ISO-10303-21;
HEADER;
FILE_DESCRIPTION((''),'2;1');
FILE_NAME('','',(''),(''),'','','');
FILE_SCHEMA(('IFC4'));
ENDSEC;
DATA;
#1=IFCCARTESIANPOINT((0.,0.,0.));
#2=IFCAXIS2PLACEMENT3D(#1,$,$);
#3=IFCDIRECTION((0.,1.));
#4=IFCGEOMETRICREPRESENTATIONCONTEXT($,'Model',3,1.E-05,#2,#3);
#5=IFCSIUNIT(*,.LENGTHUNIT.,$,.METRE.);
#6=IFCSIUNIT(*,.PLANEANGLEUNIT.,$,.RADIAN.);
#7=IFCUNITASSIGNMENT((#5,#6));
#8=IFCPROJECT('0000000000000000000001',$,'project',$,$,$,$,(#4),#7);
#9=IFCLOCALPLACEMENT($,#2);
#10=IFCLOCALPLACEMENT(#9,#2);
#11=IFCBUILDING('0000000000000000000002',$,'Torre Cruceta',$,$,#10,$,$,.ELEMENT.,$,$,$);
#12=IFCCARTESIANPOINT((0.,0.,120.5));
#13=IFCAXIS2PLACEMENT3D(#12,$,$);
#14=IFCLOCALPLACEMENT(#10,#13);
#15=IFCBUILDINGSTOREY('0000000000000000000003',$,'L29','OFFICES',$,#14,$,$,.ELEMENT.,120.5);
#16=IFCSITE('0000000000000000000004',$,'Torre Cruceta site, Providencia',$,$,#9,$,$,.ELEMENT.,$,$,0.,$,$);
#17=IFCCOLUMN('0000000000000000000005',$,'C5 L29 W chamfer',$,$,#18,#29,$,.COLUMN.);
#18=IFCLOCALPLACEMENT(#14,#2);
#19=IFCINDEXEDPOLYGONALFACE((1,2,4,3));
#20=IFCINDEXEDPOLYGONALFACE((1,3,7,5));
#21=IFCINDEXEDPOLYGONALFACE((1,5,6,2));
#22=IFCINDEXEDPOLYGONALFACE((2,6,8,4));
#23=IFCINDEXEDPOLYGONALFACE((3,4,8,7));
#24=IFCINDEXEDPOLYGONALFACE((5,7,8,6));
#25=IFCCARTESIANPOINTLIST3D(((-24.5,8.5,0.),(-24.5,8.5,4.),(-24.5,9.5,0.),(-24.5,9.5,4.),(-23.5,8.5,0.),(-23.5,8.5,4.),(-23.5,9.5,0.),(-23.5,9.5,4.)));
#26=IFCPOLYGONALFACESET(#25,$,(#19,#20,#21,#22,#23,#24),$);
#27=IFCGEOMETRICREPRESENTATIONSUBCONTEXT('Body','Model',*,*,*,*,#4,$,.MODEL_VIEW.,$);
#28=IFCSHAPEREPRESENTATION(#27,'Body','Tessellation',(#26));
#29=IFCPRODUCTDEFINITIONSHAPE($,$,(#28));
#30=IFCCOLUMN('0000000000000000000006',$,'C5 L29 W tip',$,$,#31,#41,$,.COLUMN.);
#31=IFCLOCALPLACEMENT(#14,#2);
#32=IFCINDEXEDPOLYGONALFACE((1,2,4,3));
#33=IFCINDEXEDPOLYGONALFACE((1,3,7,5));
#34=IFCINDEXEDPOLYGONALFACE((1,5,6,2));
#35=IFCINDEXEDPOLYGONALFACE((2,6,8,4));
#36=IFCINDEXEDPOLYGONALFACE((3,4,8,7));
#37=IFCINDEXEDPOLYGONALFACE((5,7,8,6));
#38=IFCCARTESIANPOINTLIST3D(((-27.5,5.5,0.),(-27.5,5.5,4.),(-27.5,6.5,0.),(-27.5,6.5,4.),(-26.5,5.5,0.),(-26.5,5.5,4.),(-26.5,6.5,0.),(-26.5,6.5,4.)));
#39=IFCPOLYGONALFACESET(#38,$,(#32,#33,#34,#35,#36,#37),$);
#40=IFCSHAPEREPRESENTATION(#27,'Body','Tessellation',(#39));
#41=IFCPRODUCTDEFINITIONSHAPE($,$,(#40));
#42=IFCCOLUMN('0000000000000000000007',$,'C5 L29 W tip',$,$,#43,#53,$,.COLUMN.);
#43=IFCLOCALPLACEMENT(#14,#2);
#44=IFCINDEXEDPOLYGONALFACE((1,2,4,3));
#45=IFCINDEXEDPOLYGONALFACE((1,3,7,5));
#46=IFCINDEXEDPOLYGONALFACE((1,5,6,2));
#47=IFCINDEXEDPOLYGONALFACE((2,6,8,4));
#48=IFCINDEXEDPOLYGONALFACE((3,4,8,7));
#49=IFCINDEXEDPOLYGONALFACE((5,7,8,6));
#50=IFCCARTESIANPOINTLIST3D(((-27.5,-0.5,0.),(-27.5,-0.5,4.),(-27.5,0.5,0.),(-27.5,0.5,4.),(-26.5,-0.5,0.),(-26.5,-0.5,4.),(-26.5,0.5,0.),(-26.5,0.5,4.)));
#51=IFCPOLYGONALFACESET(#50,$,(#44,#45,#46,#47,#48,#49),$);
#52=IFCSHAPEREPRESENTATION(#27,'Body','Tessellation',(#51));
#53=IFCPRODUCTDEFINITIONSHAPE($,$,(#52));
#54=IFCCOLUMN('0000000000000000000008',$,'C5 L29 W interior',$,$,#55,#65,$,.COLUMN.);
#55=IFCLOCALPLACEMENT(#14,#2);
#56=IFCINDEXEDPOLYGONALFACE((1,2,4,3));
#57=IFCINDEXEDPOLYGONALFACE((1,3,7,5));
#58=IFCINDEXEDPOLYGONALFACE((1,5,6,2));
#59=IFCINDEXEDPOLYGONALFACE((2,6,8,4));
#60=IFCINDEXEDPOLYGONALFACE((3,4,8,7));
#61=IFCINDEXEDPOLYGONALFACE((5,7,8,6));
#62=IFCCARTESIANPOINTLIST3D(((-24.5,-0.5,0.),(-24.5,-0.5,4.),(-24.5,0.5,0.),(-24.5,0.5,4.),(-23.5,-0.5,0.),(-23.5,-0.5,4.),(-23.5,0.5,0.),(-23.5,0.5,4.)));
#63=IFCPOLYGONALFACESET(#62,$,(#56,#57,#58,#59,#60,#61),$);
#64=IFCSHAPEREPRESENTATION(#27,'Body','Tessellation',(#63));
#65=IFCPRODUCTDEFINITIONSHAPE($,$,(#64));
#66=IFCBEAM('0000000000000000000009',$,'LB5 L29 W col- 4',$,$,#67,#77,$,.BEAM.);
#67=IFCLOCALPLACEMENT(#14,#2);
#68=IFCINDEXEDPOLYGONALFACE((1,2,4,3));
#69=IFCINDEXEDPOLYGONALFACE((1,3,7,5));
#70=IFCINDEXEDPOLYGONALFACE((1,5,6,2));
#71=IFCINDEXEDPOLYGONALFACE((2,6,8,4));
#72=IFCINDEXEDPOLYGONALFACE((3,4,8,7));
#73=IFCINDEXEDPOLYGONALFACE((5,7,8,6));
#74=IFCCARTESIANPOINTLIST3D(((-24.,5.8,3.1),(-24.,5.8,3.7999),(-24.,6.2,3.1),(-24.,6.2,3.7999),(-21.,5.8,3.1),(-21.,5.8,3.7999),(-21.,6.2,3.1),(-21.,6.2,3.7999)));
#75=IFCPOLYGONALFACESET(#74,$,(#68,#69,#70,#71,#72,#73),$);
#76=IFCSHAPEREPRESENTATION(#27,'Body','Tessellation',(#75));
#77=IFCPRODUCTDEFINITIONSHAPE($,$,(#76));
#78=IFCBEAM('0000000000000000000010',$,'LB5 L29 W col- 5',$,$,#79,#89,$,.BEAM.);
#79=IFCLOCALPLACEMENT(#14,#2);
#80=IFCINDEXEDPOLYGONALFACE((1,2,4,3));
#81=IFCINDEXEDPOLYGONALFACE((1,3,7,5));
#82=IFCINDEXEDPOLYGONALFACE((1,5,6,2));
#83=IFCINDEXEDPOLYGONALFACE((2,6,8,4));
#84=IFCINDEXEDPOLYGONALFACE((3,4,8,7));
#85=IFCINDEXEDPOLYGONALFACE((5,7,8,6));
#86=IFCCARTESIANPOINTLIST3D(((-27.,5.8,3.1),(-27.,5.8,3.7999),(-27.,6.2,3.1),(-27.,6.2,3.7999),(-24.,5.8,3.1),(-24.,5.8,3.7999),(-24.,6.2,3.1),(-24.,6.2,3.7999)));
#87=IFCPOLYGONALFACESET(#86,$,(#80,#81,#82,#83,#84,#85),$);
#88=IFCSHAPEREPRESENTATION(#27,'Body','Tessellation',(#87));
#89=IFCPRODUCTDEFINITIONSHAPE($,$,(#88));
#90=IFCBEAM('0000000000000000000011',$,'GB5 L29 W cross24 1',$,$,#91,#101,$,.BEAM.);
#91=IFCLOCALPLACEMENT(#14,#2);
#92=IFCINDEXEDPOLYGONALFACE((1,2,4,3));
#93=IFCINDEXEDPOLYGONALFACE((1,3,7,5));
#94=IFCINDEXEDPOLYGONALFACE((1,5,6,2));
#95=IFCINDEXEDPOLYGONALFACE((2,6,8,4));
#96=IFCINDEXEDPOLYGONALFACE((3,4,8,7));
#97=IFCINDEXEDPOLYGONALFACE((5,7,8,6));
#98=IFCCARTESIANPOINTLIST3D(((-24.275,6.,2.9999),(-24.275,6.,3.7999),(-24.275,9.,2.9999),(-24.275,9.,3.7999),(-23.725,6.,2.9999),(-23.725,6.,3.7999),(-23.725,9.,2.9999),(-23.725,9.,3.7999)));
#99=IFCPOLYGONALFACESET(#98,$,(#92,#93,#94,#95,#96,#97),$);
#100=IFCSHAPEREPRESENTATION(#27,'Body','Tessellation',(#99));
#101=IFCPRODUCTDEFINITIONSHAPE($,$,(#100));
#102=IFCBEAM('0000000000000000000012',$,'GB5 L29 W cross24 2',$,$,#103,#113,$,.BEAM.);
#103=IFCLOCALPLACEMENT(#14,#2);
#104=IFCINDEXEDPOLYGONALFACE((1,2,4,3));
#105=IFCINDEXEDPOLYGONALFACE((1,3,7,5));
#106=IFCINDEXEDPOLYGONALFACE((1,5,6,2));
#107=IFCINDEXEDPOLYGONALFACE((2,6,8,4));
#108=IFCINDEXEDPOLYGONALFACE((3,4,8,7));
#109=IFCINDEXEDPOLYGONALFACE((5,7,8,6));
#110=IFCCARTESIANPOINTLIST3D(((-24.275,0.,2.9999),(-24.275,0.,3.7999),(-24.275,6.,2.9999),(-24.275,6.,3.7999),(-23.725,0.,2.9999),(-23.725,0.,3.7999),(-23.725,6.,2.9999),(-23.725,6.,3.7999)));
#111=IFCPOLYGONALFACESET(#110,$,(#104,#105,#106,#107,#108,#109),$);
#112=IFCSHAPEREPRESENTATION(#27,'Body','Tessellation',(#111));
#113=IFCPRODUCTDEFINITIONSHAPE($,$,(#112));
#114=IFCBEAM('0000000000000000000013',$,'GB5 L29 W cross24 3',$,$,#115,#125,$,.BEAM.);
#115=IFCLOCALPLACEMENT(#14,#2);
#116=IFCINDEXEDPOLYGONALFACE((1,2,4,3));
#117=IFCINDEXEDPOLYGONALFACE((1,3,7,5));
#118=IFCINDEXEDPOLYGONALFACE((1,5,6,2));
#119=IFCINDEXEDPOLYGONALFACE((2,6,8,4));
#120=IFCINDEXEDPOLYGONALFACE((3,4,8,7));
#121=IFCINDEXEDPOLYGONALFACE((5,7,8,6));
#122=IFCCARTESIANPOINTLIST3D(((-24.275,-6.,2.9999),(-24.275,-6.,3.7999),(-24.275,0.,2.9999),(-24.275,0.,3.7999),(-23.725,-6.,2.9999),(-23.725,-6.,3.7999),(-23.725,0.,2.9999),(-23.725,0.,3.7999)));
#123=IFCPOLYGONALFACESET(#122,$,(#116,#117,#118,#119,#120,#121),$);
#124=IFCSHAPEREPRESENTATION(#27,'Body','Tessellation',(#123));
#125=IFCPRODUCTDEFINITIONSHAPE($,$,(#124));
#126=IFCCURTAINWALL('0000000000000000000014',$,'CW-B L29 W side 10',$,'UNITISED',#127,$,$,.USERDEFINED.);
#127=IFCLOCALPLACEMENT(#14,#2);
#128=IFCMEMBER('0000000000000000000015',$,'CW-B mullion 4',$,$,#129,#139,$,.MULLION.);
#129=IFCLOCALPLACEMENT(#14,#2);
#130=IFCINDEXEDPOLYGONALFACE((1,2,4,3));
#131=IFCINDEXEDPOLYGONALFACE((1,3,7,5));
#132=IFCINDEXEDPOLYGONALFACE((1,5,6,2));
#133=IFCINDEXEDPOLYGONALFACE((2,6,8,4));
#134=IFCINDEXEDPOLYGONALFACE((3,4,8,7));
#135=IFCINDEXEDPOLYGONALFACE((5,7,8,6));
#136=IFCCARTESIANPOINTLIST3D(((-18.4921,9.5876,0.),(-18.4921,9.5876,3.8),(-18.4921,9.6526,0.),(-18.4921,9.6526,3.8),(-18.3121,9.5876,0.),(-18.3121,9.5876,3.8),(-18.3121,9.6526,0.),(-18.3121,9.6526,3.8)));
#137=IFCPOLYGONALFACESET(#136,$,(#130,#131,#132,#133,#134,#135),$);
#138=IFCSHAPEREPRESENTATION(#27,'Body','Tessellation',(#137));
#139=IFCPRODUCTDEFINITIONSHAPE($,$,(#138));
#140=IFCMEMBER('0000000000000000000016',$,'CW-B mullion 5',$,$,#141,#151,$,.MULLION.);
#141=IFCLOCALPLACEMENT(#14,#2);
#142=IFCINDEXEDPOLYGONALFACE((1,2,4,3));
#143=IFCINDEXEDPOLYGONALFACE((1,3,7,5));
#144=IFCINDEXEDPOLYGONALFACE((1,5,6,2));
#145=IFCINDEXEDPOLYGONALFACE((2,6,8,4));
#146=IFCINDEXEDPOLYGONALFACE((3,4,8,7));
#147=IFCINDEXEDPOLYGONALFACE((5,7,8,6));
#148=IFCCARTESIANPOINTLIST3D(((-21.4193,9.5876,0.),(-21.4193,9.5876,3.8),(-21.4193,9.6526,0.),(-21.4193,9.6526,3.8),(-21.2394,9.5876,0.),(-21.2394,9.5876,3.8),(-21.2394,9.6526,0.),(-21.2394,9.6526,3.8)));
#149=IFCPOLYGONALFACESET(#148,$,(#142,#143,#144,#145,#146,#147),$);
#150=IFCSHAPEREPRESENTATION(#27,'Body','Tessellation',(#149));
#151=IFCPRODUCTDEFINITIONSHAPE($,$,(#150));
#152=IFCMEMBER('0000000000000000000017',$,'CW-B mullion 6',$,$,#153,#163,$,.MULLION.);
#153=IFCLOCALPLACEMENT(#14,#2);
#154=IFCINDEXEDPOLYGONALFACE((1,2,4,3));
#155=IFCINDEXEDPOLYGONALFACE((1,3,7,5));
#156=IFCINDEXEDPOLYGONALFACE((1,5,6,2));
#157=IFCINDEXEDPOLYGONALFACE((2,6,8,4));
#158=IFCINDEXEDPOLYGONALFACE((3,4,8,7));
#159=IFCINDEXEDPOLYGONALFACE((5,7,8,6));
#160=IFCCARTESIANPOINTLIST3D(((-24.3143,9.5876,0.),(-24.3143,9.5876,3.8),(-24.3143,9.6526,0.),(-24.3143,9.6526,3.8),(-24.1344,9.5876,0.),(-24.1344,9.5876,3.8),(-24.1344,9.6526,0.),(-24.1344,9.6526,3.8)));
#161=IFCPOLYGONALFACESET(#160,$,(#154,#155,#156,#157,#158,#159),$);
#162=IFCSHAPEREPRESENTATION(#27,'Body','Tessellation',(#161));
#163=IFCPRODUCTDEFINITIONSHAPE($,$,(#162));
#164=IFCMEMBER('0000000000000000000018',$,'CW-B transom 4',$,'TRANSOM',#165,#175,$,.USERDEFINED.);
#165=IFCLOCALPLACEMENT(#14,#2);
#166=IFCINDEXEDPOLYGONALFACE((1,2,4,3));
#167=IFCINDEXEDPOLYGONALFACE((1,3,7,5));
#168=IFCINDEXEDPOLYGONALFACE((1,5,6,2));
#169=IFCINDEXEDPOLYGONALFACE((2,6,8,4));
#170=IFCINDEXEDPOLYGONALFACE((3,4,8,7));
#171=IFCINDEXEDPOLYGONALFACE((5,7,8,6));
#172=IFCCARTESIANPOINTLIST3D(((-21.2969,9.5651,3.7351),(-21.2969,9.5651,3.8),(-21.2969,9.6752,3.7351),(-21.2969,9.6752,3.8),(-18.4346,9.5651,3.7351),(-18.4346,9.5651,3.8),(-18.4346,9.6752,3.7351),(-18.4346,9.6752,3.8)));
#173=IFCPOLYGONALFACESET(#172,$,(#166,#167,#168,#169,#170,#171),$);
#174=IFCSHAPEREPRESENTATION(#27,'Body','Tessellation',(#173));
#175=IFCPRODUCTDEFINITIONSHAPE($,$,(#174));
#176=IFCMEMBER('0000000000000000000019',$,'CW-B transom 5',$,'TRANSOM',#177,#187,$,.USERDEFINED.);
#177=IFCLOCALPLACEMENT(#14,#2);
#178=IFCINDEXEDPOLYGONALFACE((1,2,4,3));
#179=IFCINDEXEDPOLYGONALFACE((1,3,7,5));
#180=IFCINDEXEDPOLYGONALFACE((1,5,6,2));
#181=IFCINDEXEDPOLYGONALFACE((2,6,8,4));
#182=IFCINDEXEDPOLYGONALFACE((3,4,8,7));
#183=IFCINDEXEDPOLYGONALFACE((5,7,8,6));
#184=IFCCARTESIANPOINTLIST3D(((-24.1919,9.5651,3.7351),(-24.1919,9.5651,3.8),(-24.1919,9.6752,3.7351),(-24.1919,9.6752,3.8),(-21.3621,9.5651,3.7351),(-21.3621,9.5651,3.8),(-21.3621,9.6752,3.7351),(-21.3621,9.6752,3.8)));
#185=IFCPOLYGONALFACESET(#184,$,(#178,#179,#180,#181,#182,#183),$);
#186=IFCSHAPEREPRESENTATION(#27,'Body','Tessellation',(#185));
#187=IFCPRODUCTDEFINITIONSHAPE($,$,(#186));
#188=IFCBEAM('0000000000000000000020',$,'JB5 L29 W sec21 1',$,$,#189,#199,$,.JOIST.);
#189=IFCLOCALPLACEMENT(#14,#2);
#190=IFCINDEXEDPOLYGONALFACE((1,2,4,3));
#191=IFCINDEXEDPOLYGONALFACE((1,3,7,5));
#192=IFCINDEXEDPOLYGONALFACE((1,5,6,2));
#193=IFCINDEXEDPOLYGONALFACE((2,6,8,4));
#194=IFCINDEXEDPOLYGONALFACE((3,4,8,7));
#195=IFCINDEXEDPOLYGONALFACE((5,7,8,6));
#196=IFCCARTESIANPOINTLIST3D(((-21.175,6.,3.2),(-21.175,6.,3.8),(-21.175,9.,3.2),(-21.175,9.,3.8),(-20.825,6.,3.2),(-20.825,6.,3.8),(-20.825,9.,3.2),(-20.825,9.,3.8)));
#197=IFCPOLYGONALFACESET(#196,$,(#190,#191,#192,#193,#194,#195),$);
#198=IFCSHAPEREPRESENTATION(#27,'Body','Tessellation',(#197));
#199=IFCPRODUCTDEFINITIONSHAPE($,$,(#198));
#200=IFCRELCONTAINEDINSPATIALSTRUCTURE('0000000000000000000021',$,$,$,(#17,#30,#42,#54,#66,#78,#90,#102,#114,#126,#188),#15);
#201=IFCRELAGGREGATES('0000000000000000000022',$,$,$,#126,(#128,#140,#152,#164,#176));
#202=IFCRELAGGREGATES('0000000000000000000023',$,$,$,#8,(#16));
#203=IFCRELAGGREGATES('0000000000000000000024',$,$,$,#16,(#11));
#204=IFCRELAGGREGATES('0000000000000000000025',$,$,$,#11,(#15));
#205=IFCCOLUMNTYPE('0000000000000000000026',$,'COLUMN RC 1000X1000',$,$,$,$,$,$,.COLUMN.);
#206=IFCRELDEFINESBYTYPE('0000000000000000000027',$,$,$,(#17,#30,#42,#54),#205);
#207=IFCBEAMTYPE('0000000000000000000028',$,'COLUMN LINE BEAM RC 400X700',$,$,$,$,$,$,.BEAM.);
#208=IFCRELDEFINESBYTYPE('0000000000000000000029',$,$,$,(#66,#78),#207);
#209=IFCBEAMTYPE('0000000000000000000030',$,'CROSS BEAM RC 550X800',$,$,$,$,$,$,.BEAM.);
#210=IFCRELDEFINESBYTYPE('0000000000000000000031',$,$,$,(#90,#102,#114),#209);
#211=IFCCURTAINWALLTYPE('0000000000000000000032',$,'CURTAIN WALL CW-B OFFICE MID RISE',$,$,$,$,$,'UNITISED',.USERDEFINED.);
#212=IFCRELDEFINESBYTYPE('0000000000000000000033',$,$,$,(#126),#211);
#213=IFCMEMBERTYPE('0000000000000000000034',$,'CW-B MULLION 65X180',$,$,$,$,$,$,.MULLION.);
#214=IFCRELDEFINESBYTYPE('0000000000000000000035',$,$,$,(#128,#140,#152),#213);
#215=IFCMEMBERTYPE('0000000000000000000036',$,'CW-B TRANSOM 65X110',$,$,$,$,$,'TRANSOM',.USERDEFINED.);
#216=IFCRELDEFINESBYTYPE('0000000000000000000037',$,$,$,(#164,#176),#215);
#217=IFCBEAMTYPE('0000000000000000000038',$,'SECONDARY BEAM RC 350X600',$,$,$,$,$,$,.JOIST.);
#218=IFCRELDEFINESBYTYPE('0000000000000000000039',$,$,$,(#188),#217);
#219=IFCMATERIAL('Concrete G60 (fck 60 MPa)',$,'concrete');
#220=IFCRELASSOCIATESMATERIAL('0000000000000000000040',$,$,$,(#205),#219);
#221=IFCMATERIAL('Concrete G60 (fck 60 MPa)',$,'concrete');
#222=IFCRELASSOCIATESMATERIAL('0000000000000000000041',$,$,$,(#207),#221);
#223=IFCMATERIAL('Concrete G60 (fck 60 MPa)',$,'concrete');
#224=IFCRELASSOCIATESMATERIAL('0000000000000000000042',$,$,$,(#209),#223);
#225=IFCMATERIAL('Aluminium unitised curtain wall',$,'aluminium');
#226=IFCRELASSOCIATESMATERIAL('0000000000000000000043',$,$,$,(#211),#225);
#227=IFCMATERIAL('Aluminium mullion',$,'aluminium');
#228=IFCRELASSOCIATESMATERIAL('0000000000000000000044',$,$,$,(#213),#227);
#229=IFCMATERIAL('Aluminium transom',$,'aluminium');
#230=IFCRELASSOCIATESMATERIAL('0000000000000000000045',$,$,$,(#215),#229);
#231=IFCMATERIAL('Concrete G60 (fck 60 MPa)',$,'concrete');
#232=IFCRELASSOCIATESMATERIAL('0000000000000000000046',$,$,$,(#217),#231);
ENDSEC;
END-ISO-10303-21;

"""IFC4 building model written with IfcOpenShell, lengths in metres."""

from ifc_helpers import new_model, si_unit, direction, frame, origin, origin_2d, place, context, subcontext, project, spatial, rectangle, extrude, material, material_profile, profile_set, type_object, element, aggregate, save


model = new_model("IFC4")

# Units and contexts
model_context = context("Model", 3, precision=1e-05, world=origin(), true_north=direction((0.0, 1.0)))
body_context = subcontext(model_context, "Body", "Model", "MODEL_VIEW")
ifc_project = project(units=[si_unit("LENGTHUNIT", "METRE"), si_unit("PLANEANGLEUNIT", "RADIAN")], contexts=[model_context])

# Site, building, storey
site_placement = place(None, origin())
site = spatial("IfcSite", under=ifc_project, at=site_placement, Name="Torre Cruceta site, Providencia", CompositionType="ELEMENT", RefElevation=0.0)
building_placement = place(site_placement, origin())
building = spatial("IfcBuilding", under=site, at=building_placement, Name="Torre Cruceta", CompositionType="ELEMENT")
storey_placement = place(building_placement, frame((0.0, 0.0, 120.5)))
storey = spatial("IfcBuildingStorey", under=building, at=storey_placement, Name="L29", Description="OFFICES", CompositionType="ELEMENT", Elevation=120.5)

# Columns
ifc_material_1 = material(Name="Concrete G60 (fck 60 MPa)", Category="concrete")
ifc_material_profile_1 = material_profile(ifc_material_1, rectangle(XDim=1.0, YDim=1.0, at=origin_2d()), Name="RC 1000X1000")
ifc_profile_set_1 = profile_set([ifc_material_profile_1], Name="Concrete G60 (fck 60 MPa)")
column_type = type_object("IfcColumnType", Name="COLUMN RC 1000X1000", PredefinedType="COLUMN", material=ifc_profile_set_1)
for number, where, z_axis, x_axis, name in (
    (1, (-24.0, 9.0, 0.0), (0.0, 0.0, 1.0), (1.0, 0.0, 0.0), "C5 L29 W chamfer"),
    (2, (-27.0, 6.0, 0.0), (0.0, 0.0, 1.0), (1.0, 0.0, 0.0), "C5 L29 W tip"),
    (3, (-27.0, 0.0, 0.0), (0.0, 0.0, 1.0), (1.0, 0.0, 0.0), "C5 L29 W tip"),
    (4, (-24.0, 0.0, 0.0), (0.0, 0.0, 1.0), (1.0, 0.0, 0.0), "C5 L29 W interior"),
):
    element("IfcColumn", number, at=place(storey_placement, frame(where, z_axis=z_axis, x_axis=x_axis)), inside=storey, type_object=column_type, Name=name, PredefinedType="COLUMN", context=body_context, shape_type="SweptSolid", body=[
        extrude(rectangle(XDim=1.0, YDim=1.0, at=origin_2d()), origin(), (0.0, 0.0, 1.0), 4.0),
    ])

# Beams
ifc_material_2 = material(Name="Concrete G60 (fck 60 MPa)", Category="concrete")
ifc_material_profile_2 = material_profile(ifc_material_2, rectangle(XDim=0.3999, YDim=0.7, at=origin_2d()), Name="RC 400X700")
ifc_profile_set_2 = profile_set([ifc_material_profile_2], Name="Concrete G60 (fck 60 MPa)")
beam_type_1 = type_object("IfcBeamType", Name="COLUMN LINE BEAM RC 400X700", PredefinedType="BEAM", material=ifc_profile_set_2)
for number, where, z_axis, x_axis, name in (
    (5, (-21.0, 6.0, 3.45), (-1.0, 0.0, 0.0), (0.0, -1.0, 0.0), "LB5 L29 W col- 4"),
    (6, (-24.0, 6.0, 3.45), (-1.0, 0.0, 0.0), (0.0, -1.0, 0.0), "LB5 L29 W col- 5"),
):
    element("IfcBeam", number, at=place(storey_placement, frame(where, z_axis=z_axis, x_axis=x_axis)), inside=storey, type_object=beam_type_1, Name=name, PredefinedType="BEAM", context=body_context, shape_type="SweptSolid", body=[
        extrude(rectangle(XDim=0.3999, YDim=0.7, at=origin_2d()), origin(), (0.0, 0.0, 1.0), 3.0),
    ])
ifc_material_3 = material(Name="Concrete G60 (fck 60 MPa)", Category="concrete")
ifc_material_profile_3 = material_profile(ifc_material_3, rectangle(XDim=0.55, YDim=0.8, at=origin_2d()), Name="RC 550X800")
ifc_profile_set_3 = profile_set([ifc_material_profile_3], Name="Concrete G60 (fck 60 MPa)")
beam_type_2 = type_object("IfcBeamType", Name="CROSS BEAM RC 550X800", PredefinedType="BEAM", material=ifc_profile_set_3)
beam_1_placement = place(storey_placement, frame((-24.0, 9.0, 3.3999), z_axis=(0.0, -1.0, 0.0), x_axis=(1.0, 0.0, 0.0)))
element("IfcBeam", 7, at=beam_1_placement, inside=storey, type_object=beam_type_2, Name="GB5 L29 W cross24 1", PredefinedType="BEAM", context=body_context, shape_type="SweptSolid", body=[
    extrude(rectangle(XDim=0.55, YDim=0.8, at=origin_2d()), origin(), (0.0, 0.0, 1.0), 3.0),
])
for number, where, z_axis, x_axis, name in (
    (8, (-24.0, 6.0, 3.3999), (0.0, -1.0, 0.0), (1.0, 0.0, 0.0), "GB5 L29 W cross24 2"),
    (9, (-24.0, 0.0, 3.3999), (0.0, -1.0, 0.0), (1.0, 0.0, 0.0), "GB5 L29 W cross24 3"),
):
    element("IfcBeam", number, at=place(storey_placement, frame(where, z_axis=z_axis, x_axis=x_axis)), inside=storey, type_object=beam_type_2, Name=name, PredefinedType="BEAM", context=body_context, shape_type="SweptSolid", body=[
        extrude(rectangle(XDim=0.55, YDim=0.8, at=origin_2d()), origin(), (0.0, 0.0, 1.0), 6.0),
    ])

# Curtain wall, members
ifc_material_4 = material(Name="Aluminium unitised curtain wall", Category="aluminium")
curtain_wall_type = type_object("IfcCurtainWallType", Name="CURTAIN WALL CW-B OFFICE MID RISE", ElementType="UNITISED", PredefinedType="USERDEFINED", material=ifc_material_4)
curtain_wall_placement = place(storey_placement, origin())
curtain_wall = element("IfcCurtainWall", 10, at=curtain_wall_placement, inside=storey, type_object=curtain_wall_type, Name="CW-B L29 W side 10", ObjectType="UNITISED", PredefinedType="USERDEFINED")
ifc_material_5 = material(Name="Aluminium mullion", Category="aluminium")
ifc_material_profile_4 = material_profile(ifc_material_5, rectangle(XDim=0.0649, YDim=0.1799, at=origin_2d()), Name="AL 65X180")
ifc_profile_set_4 = profile_set([ifc_material_profile_4], Name="Aluminium mullion")
member_type_1 = type_object("IfcMemberType", Name="CW-B MULLION 65X180", PredefinedType="MULLION", material=ifc_profile_set_4)
member_1_placement = place(storey_placement, frame((-18.4021, 9.6201, 0.0), z_axis=(0.0, 0.0, 1.0), x_axis=(0.0, -1.0, 0.0)))
member_1 = element("IfcMember", 11, at=member_1_placement, type_object=member_type_1, Name="CW-B mullion 4", PredefinedType="MULLION", context=body_context, shape_type="SweptSolid", body=[
    extrude(rectangle(XDim=0.0649, YDim=0.1799, at=origin_2d()), origin(), (0.0, 0.0, 1.0), 3.8),
])
member_2_placement = place(storey_placement, frame((-21.3293, 9.6201, 0.0), z_axis=(0.0, 0.0, 1.0), x_axis=(0.0, -1.0, 0.0)))
member_2 = element("IfcMember", 12, at=member_2_placement, type_object=member_type_1, Name="CW-B mullion 5", PredefinedType="MULLION", context=body_context, shape_type="SweptSolid", body=[
    extrude(rectangle(XDim=0.0649, YDim=0.1799, at=origin_2d()), origin(), (0.0, 0.0, 1.0), 3.8),
])
member_3_placement = place(storey_placement, frame((-24.2244, 9.6201, 0.0), z_axis=(0.0, 0.0, 1.0), x_axis=(0.0, -1.0, 0.0)))
member_3 = element("IfcMember", 13, at=member_3_placement, type_object=member_type_1, Name="CW-B mullion 6", PredefinedType="MULLION", context=body_context, shape_type="SweptSolid", body=[
    extrude(rectangle(XDim=0.0649, YDim=0.1799, at=origin_2d()), origin(), (0.0, 0.0, 1.0), 3.8),
])
ifc_material_6 = material(Name="Aluminium transom", Category="aluminium")
ifc_material_profile_5 = material_profile(ifc_material_6, rectangle(XDim=0.1101, YDim=0.0649, at=origin_2d()), Name="AL 110X65")
ifc_profile_set_5 = profile_set([ifc_material_profile_5], Name="Aluminium transom")
member_type_2 = type_object("IfcMemberType", Name="CW-B TRANSOM 65X110", ElementType="TRANSOM", PredefinedType="USERDEFINED", material=ifc_profile_set_5)
member_4_placement = place(storey_placement, frame((-18.4346, 9.6201, 3.7676), z_axis=(-1.0, 0.0, 0.0), x_axis=(0.0, -1.0, 0.0)))
member_4 = element("IfcMember", 14, at=member_4_placement, type_object=member_type_2, Name="CW-B transom 4", ObjectType="TRANSOM", PredefinedType="USERDEFINED", context=body_context, shape_type="SweptSolid", body=[
    extrude(rectangle(XDim=0.1101, YDim=0.0649, at=origin_2d()), origin(), (0.0, 0.0, 1.0), 2.8623),
])
member_5_placement = place(storey_placement, frame((-21.3621, 9.6201, 3.7676), z_axis=(-1.0, 0.0, 0.0), x_axis=(0.0, -1.0, 0.0)))
member_5 = element("IfcMember", 15, at=member_5_placement, type_object=member_type_2, Name="CW-B transom 5", ObjectType="TRANSOM", PredefinedType="USERDEFINED", context=body_context, shape_type="SweptSolid", body=[
    extrude(rectangle(XDim=0.1101, YDim=0.0649, at=origin_2d()), origin(), (0.0, 0.0, 1.0), 2.8298),
])

# Beam
ifc_material_7 = material(Name="Concrete G60 (fck 60 MPa)", Category="concrete")
ifc_material_profile_6 = material_profile(ifc_material_7, rectangle(XDim=0.3501, YDim=0.6001, at=origin_2d()), Name="RC 350X600")
ifc_profile_set_6 = profile_set([ifc_material_profile_6], Name="Concrete G60 (fck 60 MPa)")
beam_type_3 = type_object("IfcBeamType", Name="SECONDARY BEAM RC 350X600", PredefinedType="JOIST", material=ifc_profile_set_6)
beam_2_placement = place(storey_placement, frame((-21.0, 9.0, 3.5), z_axis=(0.0, -1.0, 0.0), x_axis=(1.0, 0.0, 0.0)))
element("IfcBeam", 16, at=beam_2_placement, inside=storey, type_object=beam_type_3, Name="JB5 L29 W sec21 1", PredefinedType="JOIST", context=body_context, shape_type="SweptSolid", body=[
    extrude(rectangle(XDim=0.3501, YDim=0.6001, at=origin_2d()), origin(), (0.0, 0.0, 1.0), 3.0),
])

aggregate(curtain_wall, [member_1, member_2, member_3, member_4, member_5])

save(model, "model.ifc")
